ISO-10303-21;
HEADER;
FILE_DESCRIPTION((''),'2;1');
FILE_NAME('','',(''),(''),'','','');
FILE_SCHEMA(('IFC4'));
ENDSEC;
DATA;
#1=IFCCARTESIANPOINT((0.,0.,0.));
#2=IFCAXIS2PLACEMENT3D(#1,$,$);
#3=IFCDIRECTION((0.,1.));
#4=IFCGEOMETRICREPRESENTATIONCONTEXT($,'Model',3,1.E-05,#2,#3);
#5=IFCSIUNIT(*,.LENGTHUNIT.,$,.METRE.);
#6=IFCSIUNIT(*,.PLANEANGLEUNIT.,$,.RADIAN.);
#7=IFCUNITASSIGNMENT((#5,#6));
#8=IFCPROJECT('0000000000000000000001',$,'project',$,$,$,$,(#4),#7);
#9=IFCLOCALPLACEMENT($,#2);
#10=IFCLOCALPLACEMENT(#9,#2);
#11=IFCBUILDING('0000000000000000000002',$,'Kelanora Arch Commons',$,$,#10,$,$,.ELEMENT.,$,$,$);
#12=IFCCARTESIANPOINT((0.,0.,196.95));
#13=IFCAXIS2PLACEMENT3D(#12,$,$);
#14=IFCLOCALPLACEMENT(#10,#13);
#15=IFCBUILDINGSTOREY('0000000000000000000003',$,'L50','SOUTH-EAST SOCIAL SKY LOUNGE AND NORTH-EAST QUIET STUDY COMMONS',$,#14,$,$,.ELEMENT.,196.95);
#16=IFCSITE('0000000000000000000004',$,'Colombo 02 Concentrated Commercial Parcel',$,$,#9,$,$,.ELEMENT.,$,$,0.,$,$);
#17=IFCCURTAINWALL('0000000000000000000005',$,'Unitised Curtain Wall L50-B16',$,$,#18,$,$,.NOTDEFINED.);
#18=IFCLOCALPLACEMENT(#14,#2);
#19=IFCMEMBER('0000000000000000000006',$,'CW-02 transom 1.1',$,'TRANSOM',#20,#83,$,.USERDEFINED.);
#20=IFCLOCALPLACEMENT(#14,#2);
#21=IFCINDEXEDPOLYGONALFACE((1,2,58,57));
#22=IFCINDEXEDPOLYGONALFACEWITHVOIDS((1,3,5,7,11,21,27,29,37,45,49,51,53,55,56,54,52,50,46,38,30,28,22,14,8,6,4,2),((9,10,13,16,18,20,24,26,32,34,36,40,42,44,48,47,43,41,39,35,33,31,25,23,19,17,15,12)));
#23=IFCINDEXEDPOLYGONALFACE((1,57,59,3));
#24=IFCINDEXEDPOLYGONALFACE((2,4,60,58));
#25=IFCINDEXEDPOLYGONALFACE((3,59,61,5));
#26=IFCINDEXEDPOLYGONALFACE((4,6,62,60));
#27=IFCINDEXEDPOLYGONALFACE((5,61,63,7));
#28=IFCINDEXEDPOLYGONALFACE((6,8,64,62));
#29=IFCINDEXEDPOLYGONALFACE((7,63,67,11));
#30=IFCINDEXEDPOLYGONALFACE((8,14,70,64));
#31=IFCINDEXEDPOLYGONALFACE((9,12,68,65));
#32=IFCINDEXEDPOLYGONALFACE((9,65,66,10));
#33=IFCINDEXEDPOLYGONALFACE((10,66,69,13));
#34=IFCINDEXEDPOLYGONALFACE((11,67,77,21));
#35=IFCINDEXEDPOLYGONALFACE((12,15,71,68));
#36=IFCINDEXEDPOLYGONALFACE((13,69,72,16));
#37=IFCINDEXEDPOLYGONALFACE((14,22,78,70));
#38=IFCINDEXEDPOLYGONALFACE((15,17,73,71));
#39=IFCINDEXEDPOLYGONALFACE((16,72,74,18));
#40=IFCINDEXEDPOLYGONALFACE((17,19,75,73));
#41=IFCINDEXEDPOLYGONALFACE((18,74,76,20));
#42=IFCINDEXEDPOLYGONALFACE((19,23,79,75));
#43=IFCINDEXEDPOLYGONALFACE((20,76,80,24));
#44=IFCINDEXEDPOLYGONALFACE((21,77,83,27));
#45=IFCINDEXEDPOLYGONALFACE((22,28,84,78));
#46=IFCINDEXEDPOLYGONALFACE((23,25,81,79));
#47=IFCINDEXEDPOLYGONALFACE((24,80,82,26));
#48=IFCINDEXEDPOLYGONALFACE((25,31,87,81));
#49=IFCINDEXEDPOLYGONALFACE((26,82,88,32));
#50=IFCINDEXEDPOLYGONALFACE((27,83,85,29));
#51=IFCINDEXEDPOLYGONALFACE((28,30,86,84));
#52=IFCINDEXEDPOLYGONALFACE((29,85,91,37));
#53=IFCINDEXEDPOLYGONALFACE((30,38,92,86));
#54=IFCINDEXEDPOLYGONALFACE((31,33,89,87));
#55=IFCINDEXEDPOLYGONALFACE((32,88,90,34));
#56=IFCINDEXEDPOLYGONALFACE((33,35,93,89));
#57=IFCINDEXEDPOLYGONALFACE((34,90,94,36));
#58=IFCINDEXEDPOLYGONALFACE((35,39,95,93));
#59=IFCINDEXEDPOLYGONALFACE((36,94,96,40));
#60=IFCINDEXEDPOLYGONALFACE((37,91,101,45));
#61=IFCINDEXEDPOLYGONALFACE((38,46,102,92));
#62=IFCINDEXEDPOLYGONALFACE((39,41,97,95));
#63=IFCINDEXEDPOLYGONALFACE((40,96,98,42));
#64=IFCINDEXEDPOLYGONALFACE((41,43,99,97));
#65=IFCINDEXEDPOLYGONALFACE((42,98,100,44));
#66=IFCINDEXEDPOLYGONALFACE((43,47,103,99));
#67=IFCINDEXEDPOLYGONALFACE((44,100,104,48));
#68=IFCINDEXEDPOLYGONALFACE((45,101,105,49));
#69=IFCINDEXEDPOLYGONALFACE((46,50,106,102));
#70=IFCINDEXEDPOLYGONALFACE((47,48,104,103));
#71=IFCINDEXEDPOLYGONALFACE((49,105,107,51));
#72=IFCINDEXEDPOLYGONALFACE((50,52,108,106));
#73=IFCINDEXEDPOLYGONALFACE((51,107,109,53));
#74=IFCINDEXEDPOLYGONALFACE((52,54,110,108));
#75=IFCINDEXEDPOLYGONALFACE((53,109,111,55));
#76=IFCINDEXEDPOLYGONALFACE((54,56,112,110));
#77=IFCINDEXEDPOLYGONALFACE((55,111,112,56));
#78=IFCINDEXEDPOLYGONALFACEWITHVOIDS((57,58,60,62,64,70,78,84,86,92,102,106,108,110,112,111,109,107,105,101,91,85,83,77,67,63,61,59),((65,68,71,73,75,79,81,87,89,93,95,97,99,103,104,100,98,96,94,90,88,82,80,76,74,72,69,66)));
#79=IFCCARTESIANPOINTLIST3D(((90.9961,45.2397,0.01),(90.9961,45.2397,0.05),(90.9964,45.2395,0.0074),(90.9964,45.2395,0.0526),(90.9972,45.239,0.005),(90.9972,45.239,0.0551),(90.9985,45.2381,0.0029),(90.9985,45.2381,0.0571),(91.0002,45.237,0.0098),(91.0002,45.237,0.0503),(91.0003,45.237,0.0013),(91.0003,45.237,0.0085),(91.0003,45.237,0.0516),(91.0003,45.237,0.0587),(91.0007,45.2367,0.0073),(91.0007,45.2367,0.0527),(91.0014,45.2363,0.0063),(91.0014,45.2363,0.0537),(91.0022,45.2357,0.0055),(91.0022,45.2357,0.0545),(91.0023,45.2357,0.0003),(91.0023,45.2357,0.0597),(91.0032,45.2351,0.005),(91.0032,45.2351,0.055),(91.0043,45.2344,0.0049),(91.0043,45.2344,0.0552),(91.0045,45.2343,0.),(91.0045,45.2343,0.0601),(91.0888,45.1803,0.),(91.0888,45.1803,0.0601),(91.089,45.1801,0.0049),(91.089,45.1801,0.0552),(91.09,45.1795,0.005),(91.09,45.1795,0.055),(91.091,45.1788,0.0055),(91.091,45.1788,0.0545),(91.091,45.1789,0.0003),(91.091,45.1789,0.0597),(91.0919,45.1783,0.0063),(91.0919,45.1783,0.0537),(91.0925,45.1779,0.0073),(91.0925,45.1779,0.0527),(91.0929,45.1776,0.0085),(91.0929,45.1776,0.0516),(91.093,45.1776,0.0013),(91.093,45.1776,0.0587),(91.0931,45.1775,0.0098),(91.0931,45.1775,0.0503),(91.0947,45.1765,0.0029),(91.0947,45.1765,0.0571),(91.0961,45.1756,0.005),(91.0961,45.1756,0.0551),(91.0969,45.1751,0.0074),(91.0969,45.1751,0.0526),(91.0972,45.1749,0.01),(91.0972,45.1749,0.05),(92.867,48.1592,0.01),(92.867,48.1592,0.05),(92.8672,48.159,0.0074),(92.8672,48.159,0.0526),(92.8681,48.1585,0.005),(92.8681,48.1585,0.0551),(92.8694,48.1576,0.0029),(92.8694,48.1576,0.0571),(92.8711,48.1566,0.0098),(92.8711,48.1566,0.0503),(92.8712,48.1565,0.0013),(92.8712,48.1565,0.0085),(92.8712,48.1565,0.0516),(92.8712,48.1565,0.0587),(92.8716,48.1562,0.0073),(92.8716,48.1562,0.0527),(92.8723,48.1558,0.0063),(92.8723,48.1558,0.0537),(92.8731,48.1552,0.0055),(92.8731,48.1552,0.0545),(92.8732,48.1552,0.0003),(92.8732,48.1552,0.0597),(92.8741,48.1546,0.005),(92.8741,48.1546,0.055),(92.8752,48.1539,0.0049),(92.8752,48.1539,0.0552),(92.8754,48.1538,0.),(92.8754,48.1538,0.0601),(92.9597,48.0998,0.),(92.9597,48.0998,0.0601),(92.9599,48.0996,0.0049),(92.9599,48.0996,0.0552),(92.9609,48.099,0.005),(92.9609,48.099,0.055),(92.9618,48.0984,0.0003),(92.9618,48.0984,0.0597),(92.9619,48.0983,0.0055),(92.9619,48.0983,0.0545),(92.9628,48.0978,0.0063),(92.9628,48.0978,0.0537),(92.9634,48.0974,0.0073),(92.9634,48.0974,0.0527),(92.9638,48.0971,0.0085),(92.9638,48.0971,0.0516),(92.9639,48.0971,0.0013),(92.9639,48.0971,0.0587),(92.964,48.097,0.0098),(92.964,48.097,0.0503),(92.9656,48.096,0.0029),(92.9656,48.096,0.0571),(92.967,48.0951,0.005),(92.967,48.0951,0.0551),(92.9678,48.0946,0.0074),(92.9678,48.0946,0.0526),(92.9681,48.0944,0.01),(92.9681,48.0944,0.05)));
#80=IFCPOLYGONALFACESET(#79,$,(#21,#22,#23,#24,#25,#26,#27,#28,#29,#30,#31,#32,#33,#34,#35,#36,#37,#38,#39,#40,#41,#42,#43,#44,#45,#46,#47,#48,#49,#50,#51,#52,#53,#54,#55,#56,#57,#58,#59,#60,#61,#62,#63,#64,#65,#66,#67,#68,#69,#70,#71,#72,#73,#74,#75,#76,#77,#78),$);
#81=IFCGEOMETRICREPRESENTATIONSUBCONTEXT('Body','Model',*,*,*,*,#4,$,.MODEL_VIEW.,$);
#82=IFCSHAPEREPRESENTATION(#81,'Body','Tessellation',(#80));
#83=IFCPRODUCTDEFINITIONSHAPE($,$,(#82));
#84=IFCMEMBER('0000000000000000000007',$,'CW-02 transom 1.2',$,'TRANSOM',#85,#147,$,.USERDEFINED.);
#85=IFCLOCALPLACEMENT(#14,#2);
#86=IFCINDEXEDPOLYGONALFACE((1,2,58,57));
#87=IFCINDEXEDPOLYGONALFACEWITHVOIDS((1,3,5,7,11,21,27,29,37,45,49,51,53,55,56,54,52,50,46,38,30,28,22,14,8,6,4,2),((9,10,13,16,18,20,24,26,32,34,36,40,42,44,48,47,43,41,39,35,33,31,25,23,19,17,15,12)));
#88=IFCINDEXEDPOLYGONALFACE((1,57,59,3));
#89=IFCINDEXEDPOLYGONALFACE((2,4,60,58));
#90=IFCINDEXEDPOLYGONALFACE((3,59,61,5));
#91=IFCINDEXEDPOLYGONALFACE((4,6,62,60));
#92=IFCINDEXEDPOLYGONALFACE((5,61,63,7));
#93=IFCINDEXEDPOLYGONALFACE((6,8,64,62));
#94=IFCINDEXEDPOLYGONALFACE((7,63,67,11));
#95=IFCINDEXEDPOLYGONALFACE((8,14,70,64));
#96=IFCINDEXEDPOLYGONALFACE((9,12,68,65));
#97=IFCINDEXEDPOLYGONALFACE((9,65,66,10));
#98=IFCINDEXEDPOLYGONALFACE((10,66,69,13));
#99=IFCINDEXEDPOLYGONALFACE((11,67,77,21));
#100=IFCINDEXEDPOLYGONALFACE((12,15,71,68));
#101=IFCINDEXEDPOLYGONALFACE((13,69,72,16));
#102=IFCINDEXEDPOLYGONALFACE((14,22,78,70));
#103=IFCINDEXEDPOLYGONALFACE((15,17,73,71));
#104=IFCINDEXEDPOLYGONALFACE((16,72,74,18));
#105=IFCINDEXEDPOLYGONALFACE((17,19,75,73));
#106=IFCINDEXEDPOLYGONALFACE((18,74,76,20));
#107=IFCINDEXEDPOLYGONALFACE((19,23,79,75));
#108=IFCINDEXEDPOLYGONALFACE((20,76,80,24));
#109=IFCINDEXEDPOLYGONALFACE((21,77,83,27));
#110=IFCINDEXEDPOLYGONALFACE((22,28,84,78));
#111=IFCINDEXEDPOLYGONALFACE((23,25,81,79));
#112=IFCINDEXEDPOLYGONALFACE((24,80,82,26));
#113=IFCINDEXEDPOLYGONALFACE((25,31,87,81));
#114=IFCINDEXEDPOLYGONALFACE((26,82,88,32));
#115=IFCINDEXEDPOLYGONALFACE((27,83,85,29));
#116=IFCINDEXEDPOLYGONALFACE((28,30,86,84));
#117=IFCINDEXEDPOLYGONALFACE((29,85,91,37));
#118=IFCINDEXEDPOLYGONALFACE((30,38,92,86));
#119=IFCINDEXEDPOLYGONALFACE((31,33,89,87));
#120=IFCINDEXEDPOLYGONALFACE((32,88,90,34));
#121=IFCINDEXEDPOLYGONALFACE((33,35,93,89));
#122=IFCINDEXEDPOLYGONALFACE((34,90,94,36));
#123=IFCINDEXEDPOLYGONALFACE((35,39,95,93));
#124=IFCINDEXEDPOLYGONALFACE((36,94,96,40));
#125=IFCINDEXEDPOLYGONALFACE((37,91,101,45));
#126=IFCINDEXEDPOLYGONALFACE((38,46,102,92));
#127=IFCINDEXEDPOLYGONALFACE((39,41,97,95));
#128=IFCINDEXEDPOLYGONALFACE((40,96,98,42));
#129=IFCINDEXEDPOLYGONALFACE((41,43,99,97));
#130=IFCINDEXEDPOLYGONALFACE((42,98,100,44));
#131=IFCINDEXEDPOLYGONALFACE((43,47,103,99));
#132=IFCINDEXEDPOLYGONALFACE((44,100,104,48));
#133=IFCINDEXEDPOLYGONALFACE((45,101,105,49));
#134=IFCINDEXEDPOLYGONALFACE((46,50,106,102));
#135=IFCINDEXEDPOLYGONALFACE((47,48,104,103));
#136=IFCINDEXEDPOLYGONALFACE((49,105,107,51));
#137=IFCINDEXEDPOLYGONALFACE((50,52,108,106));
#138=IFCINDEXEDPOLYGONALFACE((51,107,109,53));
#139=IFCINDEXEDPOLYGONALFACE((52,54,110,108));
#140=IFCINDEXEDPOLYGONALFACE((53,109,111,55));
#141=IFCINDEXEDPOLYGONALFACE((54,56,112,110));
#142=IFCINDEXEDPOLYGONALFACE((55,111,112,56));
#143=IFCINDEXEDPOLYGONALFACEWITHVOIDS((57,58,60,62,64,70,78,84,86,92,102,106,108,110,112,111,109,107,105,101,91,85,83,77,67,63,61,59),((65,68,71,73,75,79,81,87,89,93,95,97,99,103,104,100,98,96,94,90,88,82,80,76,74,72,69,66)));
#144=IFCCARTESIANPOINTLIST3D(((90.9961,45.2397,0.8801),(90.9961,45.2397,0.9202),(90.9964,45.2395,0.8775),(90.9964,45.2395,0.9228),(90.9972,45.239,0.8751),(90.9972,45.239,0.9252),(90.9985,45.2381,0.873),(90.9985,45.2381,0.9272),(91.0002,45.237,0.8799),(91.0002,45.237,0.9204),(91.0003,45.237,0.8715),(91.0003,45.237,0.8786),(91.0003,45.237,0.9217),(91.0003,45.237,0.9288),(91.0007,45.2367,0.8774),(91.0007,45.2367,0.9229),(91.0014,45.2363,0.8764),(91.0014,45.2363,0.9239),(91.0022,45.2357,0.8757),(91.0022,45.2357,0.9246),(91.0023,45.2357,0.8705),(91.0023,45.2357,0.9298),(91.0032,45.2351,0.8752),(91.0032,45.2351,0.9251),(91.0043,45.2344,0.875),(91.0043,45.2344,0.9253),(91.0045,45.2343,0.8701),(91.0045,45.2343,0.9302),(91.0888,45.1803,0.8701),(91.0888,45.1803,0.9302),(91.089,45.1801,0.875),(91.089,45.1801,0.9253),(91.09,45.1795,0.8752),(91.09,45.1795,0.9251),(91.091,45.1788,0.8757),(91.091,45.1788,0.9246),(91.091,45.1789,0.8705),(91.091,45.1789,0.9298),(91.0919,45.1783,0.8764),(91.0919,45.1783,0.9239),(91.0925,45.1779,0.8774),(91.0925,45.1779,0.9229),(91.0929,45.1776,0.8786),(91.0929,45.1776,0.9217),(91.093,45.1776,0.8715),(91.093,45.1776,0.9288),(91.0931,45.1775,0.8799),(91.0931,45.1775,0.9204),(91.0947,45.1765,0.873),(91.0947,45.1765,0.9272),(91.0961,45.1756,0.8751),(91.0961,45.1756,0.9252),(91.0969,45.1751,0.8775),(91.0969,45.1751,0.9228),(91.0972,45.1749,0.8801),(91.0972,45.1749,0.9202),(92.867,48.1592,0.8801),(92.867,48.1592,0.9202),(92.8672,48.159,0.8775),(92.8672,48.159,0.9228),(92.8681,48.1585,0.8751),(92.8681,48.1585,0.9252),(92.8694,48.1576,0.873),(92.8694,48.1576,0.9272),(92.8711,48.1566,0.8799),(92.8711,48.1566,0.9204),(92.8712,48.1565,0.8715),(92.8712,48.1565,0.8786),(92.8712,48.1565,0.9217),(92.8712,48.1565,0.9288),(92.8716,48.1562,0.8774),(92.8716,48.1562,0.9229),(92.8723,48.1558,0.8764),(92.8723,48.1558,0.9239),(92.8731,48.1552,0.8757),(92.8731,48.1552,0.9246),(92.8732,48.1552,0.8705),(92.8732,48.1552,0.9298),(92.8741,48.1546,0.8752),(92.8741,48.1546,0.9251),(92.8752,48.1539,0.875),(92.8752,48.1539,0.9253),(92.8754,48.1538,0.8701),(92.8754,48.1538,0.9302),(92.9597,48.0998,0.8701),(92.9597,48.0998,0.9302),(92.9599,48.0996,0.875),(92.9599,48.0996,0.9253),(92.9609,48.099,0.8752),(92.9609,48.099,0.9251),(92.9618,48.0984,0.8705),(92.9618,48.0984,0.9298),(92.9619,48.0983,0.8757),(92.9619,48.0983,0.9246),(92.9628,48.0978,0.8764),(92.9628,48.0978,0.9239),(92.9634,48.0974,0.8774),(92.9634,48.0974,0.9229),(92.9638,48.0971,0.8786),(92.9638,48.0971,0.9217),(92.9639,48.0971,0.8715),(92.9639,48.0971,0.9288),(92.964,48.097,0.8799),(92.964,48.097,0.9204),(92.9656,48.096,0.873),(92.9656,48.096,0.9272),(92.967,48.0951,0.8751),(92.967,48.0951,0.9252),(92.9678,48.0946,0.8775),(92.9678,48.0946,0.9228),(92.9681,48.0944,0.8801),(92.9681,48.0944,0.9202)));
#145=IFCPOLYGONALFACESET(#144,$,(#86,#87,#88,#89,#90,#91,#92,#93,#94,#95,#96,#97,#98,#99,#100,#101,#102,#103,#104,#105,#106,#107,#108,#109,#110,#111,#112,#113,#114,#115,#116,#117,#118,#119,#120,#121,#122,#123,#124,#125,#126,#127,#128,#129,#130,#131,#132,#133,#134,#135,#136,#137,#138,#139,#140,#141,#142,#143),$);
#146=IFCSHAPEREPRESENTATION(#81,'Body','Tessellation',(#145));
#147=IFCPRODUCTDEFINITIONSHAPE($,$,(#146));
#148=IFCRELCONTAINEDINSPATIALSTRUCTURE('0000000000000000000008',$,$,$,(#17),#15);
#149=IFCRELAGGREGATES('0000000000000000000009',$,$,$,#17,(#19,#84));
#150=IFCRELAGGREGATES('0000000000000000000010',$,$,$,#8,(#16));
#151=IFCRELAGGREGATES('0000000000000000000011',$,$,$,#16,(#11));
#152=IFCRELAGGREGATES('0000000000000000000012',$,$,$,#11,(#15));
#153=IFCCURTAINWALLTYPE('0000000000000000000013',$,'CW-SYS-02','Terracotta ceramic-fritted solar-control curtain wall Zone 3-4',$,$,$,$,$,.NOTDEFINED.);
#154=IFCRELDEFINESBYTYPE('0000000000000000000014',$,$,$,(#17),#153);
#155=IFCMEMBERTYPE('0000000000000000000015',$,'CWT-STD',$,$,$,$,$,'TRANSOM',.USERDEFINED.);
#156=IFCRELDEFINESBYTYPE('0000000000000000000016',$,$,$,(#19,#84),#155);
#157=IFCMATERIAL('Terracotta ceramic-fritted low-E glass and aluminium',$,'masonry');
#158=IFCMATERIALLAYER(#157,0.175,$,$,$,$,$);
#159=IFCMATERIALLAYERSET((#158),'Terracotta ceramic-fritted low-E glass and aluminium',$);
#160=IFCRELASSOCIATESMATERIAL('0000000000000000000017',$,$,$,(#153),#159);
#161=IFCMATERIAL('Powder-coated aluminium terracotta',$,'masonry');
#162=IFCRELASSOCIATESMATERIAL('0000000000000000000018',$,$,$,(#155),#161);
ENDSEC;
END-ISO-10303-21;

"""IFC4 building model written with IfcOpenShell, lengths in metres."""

from ifc_helpers import new_model, si_unit, direction, frame, origin, origin_2d, place, context, subcontext, project, spatial, hollow_rectangle, extrude, material, layer, layer_set, material_profile, profile_set, type_object, element, aggregate, save


model = new_model("IFC4")

# Units and contexts
model_context = context("Model", 3, precision=1e-05, world=origin(), true_north=direction((0.0, 1.0)))
body_context = subcontext(model_context, "Body", "Model", "MODEL_VIEW")
ifc_project = project(units=[si_unit("LENGTHUNIT", "METRE"), si_unit("PLANEANGLEUNIT", "RADIAN")], contexts=[model_context])

# Site, building, storey
site_placement = place(None, origin())
site = spatial("IfcSite", under=ifc_project, at=site_placement, Name="Colombo 02 Concentrated Commercial Parcel", CompositionType="ELEMENT", RefElevation=0.0)
building_placement = place(site_placement, origin())
building = spatial("IfcBuilding", under=site, at=building_placement, Name="Kelanora Arch Commons", CompositionType="ELEMENT")
storey_placement = place(building_placement, frame((0.0, 0.0, 196.95)))
storey = spatial("IfcBuildingStorey", under=building, at=storey_placement, Name="L50", Description="SOUTH-EAST SOCIAL SKY LOUNGE AND NORTH-EAST QUIET STUDY COMMONS", CompositionType="ELEMENT", Elevation=196.95)

# Shared definitions
ifc_material_1 = material(Name="Terracotta ceramic-fritted low-E glass and aluminium", Category="masonry")
ifc_layer_1 = layer(ifc_material_1, 0.175)
ifc_layer_set_1 = layer_set([ifc_layer_1], Name="Terracotta ceramic-fritted low-E glass and aluminium")
curtain_wall_type = type_object("IfcCurtainWallType", Name="CW-SYS-02", Description="Terracotta ceramic-fritted solar-control curtain wall Zone 3-4", PredefinedType="NOTDEFINED", material=ifc_layer_set_1)
ifc_material_2 = material(Name="Powder-coated aluminium terracotta", Category="masonry")

# Curtain wall, members
curtain_wall_1_placement = place(storey_placement, origin())
curtain_wall_1 = element("IfcCurtainWall", 1, at=curtain_wall_1_placement, inside=storey, type_object=curtain_wall_type, Name="Unitised Curtain Wall L50-B16", PredefinedType="NOTDEFINED")
ifc_material_profile_1 = material_profile(ifc_material_2, hollow_rectangle(XDim=0.1201, YDim=0.0601, WallThickness=0.0049, InnerFilletRadius=0.0049, OuterFilletRadius=0.01, at=origin_2d()), Name="CWT120x60")
ifc_profile_set_1 = profile_set([ifc_material_profile_1], Name="Powder-coated aluminium terracotta")
member_type_1 = type_object("IfcMemberType", Name="CWT-STD", ElementType="TRANSOM", PredefinedType="USERDEFINED", material=ifc_profile_set_1)
member_1_placement = place(storey_placement, frame((91.0466, 45.2073, 0.03), z_axis=(0.539547, 0.841955, 0.0), x_axis=(-0.841955, 0.539547, 0.0)))
member_1 = element("IfcMember", 2, at=member_1_placement, type_object=member_type_1, Name="CW-02 transom 1.1", ObjectType="TRANSOM", PredefinedType="USERDEFINED", context=body_context, shape_type="SweptSolid", body=[
    extrude(hollow_rectangle(XDim=0.1201, YDim=0.0601, WallThickness=0.0049, InnerFilletRadius=0.0049, OuterFilletRadius=0.01, at=origin_2d()), origin(), (0.0, 0.0, 1.0), 3.4675),
])
member_2_placement = place(storey_placement, frame((91.0466, 45.2073, 0.9001), z_axis=(0.539547, 0.841955, 0.0), x_axis=(-0.841955, 0.539547, 0.0)))
member_2 = element("IfcMember", 3, at=member_2_placement, type_object=member_type_1, Name="CW-02 transom 1.2", ObjectType="TRANSOM", PredefinedType="USERDEFINED", context=body_context, shape_type="SweptSolid", body=[
    extrude(hollow_rectangle(XDim=0.1201, YDim=0.0601, WallThickness=0.0049, InnerFilletRadius=0.0049, OuterFilletRadius=0.01, at=origin_2d()), origin(), (0.0, 0.0, 1.0), 3.4675),
])

aggregate(curtain_wall_1, [member_1, member_2])

save(model, "model.ifc")
